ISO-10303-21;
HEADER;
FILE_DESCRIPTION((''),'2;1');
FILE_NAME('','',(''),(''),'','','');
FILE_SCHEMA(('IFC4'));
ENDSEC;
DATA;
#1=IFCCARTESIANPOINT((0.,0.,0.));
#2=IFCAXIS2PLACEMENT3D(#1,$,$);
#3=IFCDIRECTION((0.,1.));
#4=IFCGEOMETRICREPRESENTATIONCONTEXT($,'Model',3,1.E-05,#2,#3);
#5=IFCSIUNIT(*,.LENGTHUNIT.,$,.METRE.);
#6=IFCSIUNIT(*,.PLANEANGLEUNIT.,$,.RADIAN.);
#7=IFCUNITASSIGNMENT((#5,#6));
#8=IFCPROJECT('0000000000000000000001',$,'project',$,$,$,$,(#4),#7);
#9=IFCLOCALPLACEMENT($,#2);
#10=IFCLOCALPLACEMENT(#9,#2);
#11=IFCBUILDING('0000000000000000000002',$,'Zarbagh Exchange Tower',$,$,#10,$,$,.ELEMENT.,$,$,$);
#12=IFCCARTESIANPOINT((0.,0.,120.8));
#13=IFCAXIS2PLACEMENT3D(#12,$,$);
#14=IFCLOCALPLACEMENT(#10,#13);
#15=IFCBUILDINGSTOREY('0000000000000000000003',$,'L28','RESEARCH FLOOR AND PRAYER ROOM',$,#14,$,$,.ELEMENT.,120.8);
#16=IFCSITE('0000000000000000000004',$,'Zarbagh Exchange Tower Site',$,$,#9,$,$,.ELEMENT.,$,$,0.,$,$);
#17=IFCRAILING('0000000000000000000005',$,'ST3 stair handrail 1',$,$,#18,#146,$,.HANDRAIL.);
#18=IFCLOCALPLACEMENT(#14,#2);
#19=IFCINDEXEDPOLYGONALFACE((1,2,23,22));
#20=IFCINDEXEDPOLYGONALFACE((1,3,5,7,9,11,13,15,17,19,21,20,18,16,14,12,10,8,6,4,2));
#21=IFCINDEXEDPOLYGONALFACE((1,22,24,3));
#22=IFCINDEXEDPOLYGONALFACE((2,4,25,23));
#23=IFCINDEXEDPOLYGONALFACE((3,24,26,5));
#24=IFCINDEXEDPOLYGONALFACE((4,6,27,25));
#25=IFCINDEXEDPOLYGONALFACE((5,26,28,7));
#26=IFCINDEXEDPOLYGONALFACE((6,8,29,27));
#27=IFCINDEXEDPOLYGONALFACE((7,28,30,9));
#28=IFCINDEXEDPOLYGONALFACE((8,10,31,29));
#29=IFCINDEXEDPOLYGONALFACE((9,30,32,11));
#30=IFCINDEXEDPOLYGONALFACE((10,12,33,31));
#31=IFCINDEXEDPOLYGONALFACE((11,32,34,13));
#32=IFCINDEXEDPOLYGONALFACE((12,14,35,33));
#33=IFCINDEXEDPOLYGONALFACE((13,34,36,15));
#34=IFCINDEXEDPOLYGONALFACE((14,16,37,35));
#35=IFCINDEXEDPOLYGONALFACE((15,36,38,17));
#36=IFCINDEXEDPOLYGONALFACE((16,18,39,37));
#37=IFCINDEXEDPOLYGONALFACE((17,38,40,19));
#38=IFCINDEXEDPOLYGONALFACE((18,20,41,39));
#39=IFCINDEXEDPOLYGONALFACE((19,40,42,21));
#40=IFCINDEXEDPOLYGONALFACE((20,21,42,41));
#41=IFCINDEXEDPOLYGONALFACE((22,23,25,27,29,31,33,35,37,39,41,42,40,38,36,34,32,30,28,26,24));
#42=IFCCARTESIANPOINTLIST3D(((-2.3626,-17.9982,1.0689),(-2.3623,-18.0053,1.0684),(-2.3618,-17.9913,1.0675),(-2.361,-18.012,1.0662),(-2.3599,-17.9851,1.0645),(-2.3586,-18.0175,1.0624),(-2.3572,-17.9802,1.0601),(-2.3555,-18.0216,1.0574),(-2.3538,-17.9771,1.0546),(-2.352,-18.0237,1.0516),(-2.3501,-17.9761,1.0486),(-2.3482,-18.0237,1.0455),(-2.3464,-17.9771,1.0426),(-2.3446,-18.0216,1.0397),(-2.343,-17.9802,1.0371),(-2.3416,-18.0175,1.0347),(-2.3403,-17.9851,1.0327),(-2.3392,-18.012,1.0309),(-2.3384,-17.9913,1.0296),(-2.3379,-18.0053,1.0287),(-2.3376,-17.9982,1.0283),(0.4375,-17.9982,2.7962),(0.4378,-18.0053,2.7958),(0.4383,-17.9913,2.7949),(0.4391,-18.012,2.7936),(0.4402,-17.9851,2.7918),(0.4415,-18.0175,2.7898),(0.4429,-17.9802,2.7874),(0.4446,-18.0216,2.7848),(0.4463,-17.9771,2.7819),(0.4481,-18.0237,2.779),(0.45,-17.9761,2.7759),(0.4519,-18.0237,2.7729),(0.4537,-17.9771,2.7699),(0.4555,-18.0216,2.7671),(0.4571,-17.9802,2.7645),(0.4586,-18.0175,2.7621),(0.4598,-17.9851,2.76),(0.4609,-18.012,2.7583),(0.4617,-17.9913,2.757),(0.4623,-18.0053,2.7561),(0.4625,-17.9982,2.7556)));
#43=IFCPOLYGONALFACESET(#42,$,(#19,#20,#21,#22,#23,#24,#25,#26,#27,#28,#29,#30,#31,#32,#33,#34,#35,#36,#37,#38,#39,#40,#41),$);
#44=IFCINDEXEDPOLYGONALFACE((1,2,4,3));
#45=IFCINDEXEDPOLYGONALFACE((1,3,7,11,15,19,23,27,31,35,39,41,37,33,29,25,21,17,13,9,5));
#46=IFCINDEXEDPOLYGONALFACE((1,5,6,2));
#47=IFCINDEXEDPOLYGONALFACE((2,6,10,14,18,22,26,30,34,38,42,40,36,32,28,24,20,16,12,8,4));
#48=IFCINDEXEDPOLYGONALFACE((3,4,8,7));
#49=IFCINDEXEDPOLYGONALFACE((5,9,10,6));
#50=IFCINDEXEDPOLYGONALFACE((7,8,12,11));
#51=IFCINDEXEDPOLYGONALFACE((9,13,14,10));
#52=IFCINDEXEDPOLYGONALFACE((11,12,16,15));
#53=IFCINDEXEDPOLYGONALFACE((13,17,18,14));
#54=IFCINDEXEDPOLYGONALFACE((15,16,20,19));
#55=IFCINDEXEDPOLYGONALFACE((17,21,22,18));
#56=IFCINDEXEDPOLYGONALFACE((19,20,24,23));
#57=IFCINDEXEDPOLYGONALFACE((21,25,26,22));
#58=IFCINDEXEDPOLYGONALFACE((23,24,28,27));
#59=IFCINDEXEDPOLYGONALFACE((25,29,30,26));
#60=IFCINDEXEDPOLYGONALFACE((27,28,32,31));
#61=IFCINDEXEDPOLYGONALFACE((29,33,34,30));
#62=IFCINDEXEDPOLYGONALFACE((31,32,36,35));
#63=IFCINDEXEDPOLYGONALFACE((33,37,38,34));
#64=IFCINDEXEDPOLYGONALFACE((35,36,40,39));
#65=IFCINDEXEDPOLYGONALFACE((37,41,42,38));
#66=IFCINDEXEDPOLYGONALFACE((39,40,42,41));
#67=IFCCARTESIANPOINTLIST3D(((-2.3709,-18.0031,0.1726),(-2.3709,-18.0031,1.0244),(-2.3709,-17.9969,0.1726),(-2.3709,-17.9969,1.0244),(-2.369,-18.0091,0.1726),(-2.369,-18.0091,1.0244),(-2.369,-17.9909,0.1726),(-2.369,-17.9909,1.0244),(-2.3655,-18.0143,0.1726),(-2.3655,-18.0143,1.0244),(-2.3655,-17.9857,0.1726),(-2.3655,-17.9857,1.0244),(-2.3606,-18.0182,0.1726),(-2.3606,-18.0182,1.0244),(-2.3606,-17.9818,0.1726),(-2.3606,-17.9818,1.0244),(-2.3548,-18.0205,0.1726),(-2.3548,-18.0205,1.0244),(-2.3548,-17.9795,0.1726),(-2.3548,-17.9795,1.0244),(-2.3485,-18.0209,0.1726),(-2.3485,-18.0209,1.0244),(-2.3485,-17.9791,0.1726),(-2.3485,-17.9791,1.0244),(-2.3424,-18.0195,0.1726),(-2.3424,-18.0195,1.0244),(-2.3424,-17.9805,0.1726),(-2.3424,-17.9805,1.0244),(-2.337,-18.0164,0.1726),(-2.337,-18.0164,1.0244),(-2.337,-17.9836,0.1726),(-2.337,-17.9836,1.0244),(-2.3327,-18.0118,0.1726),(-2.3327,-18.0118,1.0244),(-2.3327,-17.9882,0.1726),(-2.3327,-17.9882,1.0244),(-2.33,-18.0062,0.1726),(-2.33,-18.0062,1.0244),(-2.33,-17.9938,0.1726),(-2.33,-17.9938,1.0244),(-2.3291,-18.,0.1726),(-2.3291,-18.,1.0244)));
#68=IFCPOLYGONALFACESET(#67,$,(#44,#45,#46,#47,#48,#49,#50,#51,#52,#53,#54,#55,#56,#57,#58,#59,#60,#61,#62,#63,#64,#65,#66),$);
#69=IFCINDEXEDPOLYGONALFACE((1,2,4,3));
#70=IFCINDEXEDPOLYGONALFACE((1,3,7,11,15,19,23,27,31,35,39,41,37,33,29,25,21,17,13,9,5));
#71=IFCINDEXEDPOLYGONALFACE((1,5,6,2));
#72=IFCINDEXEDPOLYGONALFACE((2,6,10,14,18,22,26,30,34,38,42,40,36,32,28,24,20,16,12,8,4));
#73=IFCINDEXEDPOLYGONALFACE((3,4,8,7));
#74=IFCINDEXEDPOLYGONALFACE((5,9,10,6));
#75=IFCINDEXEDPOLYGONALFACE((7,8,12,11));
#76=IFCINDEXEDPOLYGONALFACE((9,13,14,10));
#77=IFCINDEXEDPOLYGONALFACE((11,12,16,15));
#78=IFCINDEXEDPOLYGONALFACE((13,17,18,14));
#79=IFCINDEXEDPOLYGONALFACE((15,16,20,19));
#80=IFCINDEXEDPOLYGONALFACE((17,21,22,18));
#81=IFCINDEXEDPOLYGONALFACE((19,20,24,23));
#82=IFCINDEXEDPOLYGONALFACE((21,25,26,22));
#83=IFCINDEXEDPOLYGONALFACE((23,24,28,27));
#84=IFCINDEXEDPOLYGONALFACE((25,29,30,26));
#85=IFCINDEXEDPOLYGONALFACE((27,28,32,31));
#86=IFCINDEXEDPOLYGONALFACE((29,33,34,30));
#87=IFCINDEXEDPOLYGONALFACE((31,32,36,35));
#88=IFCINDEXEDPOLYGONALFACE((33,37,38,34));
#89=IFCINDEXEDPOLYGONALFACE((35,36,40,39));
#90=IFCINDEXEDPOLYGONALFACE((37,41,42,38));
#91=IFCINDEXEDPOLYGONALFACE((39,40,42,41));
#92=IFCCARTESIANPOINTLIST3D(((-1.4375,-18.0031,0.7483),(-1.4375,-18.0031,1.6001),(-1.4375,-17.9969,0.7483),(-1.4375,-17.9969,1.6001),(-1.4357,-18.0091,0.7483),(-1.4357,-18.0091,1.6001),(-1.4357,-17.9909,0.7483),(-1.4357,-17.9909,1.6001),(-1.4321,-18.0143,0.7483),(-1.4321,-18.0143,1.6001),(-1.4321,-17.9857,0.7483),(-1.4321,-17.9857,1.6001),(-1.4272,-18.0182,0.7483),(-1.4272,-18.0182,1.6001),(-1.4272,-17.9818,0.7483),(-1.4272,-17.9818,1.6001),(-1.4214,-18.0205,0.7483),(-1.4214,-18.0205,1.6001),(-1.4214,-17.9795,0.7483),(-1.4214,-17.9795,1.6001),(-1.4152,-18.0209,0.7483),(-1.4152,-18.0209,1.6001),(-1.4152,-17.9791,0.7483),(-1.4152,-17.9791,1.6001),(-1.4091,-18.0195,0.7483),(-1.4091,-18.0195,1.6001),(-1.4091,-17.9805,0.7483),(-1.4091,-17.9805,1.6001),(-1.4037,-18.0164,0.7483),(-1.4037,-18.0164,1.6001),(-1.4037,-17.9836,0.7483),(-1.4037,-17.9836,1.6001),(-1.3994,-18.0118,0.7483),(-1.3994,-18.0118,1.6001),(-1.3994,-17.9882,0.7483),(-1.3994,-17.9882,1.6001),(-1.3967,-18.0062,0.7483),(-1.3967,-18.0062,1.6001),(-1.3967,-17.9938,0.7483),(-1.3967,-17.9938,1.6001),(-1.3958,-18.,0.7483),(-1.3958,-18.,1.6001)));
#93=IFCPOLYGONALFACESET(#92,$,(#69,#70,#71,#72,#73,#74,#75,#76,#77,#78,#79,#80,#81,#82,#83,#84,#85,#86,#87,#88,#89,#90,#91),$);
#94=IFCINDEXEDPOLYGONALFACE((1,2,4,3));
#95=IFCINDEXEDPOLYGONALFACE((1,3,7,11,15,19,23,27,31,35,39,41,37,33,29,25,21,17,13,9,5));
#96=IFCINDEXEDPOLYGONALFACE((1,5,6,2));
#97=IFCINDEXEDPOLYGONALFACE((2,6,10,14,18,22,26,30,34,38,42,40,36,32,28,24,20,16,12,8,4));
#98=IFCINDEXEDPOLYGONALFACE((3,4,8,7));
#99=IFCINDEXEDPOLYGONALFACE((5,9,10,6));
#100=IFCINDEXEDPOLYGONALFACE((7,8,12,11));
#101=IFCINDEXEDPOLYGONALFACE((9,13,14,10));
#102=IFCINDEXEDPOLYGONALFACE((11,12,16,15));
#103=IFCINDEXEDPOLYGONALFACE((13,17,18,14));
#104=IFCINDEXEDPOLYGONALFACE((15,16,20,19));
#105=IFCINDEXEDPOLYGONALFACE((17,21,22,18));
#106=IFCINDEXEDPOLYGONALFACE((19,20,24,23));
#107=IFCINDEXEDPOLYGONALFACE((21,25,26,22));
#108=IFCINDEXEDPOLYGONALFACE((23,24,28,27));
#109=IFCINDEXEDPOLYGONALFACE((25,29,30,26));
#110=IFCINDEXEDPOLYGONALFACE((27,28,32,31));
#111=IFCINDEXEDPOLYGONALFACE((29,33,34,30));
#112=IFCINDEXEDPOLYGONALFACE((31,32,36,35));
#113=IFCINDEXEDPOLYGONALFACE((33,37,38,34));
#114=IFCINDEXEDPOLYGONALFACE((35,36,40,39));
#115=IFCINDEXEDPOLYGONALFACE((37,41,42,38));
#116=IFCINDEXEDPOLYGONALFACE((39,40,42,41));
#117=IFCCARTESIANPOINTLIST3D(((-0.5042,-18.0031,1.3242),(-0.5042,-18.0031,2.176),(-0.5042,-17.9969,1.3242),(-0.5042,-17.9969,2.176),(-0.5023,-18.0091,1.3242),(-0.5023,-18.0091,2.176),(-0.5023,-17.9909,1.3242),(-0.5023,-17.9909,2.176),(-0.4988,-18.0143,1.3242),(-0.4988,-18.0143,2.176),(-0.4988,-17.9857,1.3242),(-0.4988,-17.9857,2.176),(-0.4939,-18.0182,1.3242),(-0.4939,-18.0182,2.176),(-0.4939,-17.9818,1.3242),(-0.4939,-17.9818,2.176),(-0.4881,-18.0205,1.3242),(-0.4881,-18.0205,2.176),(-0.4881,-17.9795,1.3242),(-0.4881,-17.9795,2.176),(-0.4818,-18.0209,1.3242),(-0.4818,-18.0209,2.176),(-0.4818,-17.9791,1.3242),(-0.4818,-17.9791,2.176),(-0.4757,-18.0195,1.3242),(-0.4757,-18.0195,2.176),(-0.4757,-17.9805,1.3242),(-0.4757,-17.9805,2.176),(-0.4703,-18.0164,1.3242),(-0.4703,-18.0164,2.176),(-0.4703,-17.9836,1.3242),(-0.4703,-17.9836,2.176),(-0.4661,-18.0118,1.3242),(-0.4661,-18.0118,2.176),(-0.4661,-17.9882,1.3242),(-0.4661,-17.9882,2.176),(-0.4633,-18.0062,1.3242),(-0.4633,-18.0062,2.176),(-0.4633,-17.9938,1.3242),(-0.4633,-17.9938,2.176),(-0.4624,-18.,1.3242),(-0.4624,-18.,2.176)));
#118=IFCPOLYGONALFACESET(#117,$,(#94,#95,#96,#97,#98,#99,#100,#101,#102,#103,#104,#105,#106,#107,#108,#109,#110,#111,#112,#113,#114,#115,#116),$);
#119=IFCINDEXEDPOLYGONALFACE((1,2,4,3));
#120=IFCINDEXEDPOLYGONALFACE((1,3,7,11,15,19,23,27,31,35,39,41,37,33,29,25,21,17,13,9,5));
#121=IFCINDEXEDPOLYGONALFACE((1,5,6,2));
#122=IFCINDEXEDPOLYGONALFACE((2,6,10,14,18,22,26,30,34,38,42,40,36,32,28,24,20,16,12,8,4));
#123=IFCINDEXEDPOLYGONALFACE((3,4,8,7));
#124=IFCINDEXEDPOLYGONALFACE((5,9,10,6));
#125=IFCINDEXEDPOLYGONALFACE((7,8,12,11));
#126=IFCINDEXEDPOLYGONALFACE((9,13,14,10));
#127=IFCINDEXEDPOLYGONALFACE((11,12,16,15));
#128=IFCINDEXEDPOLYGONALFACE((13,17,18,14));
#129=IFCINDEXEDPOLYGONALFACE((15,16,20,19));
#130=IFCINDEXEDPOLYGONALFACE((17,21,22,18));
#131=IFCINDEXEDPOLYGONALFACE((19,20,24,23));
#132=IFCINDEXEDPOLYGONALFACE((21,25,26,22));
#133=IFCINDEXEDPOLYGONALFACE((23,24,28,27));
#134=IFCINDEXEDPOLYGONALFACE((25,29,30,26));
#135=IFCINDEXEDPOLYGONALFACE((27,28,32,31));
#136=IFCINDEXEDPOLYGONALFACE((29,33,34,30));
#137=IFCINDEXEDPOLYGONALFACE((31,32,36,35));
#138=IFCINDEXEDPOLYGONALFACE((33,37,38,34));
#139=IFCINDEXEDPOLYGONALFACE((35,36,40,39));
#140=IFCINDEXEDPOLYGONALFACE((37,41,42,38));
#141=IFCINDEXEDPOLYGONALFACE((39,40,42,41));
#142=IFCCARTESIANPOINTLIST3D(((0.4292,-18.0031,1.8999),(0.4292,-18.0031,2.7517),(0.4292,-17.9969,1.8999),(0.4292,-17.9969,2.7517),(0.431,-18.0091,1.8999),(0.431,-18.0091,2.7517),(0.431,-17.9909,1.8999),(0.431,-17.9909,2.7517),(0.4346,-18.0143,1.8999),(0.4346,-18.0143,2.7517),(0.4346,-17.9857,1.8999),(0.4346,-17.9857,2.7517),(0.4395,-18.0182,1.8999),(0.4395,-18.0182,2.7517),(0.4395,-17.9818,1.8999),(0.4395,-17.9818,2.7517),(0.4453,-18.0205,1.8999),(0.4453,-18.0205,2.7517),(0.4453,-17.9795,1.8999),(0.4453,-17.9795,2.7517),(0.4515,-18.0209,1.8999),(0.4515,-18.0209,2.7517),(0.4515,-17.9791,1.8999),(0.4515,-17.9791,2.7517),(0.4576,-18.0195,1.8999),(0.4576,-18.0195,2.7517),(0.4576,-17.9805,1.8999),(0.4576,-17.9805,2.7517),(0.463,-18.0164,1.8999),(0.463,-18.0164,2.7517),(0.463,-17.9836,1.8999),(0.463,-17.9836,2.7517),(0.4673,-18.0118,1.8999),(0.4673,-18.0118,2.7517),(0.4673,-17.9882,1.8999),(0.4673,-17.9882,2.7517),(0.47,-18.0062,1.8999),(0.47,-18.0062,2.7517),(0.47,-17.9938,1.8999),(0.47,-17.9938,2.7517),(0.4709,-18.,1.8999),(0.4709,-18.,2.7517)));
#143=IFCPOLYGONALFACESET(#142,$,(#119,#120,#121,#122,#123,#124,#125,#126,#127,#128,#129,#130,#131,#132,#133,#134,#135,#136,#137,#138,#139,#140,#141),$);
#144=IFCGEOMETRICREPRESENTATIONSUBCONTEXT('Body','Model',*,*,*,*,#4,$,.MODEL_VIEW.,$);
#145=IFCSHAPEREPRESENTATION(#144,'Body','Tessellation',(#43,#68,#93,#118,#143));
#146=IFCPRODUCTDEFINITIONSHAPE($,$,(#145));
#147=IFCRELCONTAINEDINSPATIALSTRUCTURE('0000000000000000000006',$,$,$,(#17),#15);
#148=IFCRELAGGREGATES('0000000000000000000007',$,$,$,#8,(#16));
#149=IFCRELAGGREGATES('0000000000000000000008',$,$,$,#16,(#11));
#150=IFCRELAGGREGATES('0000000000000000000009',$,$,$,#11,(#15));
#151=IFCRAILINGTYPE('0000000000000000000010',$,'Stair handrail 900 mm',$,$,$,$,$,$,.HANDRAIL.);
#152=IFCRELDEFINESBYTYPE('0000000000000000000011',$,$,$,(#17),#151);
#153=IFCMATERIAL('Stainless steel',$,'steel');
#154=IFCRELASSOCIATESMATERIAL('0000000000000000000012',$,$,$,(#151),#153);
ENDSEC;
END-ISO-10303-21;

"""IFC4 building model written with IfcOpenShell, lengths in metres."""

from ifc_helpers import new_model, si_unit, direction, frame, origin, origin_2d, place, context, subcontext, project, spatial, circle, extrude, material, type_object, element, save


model = new_model("IFC4")

# Units and contexts
model_context = context("Model", 3, precision=1e-05, world=origin(), true_north=direction((0.0, 1.0)))
body_context = subcontext(model_context, "Body", "Model", "MODEL_VIEW")
ifc_project = project(units=[si_unit("LENGTHUNIT", "METRE"), si_unit("PLANEANGLEUNIT", "RADIAN")], contexts=[model_context])

# Site, building, storey
site_placement = place(None, origin())
site = spatial("IfcSite", under=ifc_project, at=site_placement, Name="Zarbagh Exchange Tower Site", CompositionType="ELEMENT", RefElevation=0.0)
building_placement = place(site_placement, origin())
building = spatial("IfcBuilding", under=site, at=building_placement, Name="Zarbagh Exchange Tower", CompositionType="ELEMENT")
storey_placement = place(building_placement, frame((0.0, 0.0, 120.8)))
storey = spatial("IfcBuildingStorey", under=building, at=storey_placement, Name="L28", Description="RESEARCH FLOOR AND PRAYER ROOM", CompositionType="ELEMENT", Elevation=120.8)

# Shared definitions
ifc_material_1 = material(Name="Stainless steel", Category="steel")

# Railing
railing_type = type_object("IfcRailingType", Name="Stair handrail 900 mm", PredefinedType="HANDRAIL", material=ifc_material_1)
for number, where, name in (
    (1, (-2.3501, -18.0, 0.1726), "ST3 stair handrail 1"),
):
    element("IfcRailing", number, at=place(storey_placement, frame(where)), inside=storey, type_object=railing_type, Name=name, PredefinedType="HANDRAIL", context=body_context, shape_type="SweptSolid", body=[
        extrude(circle(Radius=0.0239, at=origin_2d()), frame((0.0, 0.0, 0.876), z_axis=(0.85109, 0.0, 0.52502), x_axis=(0.0, 1.0, 0.0)), (0.0, 0.0, 1.0), 3.29),
        extrude(circle(Radius=0.021, at=origin_2d()), origin(), (0.0, 0.0, 1.0), 0.8518),
        extrude(circle(Radius=0.021, at=origin_2d()), frame((0.9333, 0.0, 0.5757)), (0.0, 0.0, 1.0), 0.8518),
        extrude(circle(Radius=0.021, at=origin_2d()), frame((1.8667, 0.0, 1.1516)), (0.0, 0.0, 1.0), 0.8518),
        extrude(circle(Radius=0.021, at=origin_2d()), frame((2.8, 0.0, 1.7273)), (0.0, 0.0, 1.0), 0.8518),
    ])

save(model, "model.ifc")
